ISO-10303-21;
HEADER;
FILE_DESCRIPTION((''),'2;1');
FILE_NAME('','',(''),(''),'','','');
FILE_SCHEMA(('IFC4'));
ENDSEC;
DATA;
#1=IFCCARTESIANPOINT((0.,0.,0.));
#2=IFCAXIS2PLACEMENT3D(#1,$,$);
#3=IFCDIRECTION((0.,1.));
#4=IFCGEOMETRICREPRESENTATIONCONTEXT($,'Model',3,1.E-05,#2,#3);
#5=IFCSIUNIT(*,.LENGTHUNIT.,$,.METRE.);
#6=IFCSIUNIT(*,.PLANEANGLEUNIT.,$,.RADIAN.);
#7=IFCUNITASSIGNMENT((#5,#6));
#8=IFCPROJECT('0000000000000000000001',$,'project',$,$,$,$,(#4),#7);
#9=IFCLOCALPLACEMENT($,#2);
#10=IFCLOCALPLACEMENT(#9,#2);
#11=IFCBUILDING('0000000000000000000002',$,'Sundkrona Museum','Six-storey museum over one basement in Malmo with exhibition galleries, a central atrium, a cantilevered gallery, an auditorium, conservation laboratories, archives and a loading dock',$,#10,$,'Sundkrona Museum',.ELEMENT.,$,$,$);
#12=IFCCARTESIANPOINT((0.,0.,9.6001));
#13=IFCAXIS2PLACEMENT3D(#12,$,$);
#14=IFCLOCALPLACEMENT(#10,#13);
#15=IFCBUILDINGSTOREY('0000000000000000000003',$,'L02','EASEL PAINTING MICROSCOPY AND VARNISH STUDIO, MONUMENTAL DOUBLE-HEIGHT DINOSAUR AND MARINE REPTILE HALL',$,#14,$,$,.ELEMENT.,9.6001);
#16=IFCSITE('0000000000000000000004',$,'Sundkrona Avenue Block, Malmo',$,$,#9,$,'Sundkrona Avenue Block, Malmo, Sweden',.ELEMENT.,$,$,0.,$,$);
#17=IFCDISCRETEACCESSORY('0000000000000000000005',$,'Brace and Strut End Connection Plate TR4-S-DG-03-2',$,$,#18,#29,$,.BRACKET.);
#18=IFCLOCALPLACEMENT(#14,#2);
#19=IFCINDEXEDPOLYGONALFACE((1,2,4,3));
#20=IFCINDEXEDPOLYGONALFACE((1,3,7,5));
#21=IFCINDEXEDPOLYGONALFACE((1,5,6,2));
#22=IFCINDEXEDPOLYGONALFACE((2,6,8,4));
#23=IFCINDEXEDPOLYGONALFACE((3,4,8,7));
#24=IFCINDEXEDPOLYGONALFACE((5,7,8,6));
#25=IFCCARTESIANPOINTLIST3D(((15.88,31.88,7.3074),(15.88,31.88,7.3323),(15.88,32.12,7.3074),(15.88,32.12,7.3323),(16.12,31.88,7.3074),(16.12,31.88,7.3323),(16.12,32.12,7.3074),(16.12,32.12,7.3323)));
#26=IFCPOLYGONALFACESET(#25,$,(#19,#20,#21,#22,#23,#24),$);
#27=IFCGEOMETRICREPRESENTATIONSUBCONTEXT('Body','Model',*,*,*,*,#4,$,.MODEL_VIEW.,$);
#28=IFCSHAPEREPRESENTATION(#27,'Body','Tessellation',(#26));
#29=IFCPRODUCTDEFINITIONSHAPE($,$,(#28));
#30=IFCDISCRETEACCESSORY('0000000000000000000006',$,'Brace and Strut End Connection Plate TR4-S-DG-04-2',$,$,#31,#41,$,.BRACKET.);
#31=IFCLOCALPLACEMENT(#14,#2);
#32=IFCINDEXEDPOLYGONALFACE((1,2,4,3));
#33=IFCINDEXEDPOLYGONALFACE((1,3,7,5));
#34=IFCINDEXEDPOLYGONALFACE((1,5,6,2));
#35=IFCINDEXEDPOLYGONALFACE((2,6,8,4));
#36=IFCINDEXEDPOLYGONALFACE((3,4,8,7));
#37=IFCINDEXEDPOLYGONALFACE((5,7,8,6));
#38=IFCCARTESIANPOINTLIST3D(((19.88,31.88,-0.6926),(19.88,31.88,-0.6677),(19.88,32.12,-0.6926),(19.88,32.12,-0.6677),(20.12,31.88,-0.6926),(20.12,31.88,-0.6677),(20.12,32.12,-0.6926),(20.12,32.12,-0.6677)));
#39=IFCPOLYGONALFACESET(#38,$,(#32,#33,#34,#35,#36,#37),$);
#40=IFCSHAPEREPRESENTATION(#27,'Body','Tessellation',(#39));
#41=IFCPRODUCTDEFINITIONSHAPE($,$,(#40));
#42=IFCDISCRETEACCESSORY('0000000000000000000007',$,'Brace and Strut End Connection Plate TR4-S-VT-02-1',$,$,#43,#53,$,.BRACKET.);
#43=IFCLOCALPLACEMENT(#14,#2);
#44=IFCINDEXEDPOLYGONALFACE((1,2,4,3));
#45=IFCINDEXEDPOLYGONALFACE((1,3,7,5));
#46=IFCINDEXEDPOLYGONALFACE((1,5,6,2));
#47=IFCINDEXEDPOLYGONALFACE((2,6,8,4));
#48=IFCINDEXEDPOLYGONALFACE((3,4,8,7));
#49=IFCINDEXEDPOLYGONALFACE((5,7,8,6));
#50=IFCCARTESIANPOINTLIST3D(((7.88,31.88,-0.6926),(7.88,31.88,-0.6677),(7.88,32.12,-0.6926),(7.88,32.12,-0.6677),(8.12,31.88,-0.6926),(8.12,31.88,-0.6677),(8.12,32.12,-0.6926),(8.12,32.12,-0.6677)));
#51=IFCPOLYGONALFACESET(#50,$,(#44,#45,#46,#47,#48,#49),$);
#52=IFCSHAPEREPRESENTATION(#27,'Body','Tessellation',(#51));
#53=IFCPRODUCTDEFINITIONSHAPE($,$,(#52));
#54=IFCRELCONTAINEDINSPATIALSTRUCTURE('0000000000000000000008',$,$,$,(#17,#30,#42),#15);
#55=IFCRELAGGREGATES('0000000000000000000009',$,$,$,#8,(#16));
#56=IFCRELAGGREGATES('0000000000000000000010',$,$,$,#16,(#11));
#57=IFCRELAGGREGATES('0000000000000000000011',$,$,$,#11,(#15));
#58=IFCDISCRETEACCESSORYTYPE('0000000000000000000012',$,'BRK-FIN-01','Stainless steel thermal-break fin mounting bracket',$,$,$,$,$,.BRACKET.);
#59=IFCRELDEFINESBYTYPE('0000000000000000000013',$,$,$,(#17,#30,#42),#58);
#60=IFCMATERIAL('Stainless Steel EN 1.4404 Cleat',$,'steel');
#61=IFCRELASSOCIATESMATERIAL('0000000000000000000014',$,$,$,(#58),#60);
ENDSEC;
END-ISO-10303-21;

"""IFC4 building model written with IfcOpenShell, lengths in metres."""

from ifc_helpers import new_model, si_unit, direction, frame, origin, origin_2d, place, context, subcontext, project, spatial, rectangle, extrude, material, type_object, element, save


model = new_model("IFC4")

# Units and contexts
model_context = context("Model", 3, precision=1e-05, world=origin(), true_north=direction((0.0, 1.0)))
body_context = subcontext(model_context, "Body", "Model", "MODEL_VIEW")
ifc_project = project(units=[si_unit("LENGTHUNIT", "METRE"), si_unit("PLANEANGLEUNIT", "RADIAN")], contexts=[model_context])

# Site, building, storey
site_placement = place(None, origin())
site = spatial("IfcSite", under=ifc_project, at=site_placement, Name="Sundkrona Avenue Block, Malmo", LongName="Sundkrona Avenue Block, Malmo, Sweden", CompositionType="ELEMENT", RefElevation=0.0)
building_placement = place(site_placement, origin())
building = spatial("IfcBuilding", under=site, at=building_placement, Name="Sundkrona Museum", Description="Six-storey museum over one basement in Malmo with exhibition galleries, a central atrium, a cantilevered gallery, an auditorium, conservation laboratories, archives and a loading dock", LongName="Sundkrona Museum", CompositionType="ELEMENT")
storey_placement = place(building_placement, frame((0.0, 0.0, 9.6001)))
storey = spatial("IfcBuildingStorey", under=building, at=storey_placement, Name="L02", Description="EASEL PAINTING MICROSCOPY AND VARNISH STUDIO, MONUMENTAL DOUBLE-HEIGHT DINOSAUR AND MARINE REPTILE HALL", CompositionType="ELEMENT", Elevation=9.6001)

# Discrete accessories
ifc_material_1 = material(Name="Stainless Steel EN 1.4404 Cleat", Category="steel")
discrete_accessory_type = type_object("IfcDiscreteAccessoryType", Name="BRK-FIN-01", Description="Stainless steel thermal-break fin mounting bracket", PredefinedType="BRACKET", material=ifc_material_1)
for number, where, z_axis, x_axis, name in (
    (1, (16.0, 32.0, 7.3074), (0.0, 0.0, 1.0), (1.0, 0.0, 0.0), "Brace and Strut End Connection Plate TR4-S-DG-03-2"),
    (2, (20.0, 32.0, -0.6926), (0.0, 0.0, 1.0), (1.0, 0.0, 0.0), "Brace and Strut End Connection Plate TR4-S-DG-04-2"),
    (3, (8.0, 32.0, -0.6926), (0.0, 0.0, 1.0), (1.0, 0.0, 0.0), "Brace and Strut End Connection Plate TR4-S-VT-02-1"),
):
    element("IfcDiscreteAccessory", number, at=place(storey_placement, frame(where, z_axis=z_axis, x_axis=x_axis)), inside=storey, type_object=discrete_accessory_type, Name=name, PredefinedType="BRACKET", context=body_context, shape_type="SweptSolid", body=[
        extrude(rectangle(XDim=0.24, YDim=0.24, at=origin_2d()), origin(), (0.0, 0.0, 1.0), 0.0249),
    ])

save(model, "model.ifc")
